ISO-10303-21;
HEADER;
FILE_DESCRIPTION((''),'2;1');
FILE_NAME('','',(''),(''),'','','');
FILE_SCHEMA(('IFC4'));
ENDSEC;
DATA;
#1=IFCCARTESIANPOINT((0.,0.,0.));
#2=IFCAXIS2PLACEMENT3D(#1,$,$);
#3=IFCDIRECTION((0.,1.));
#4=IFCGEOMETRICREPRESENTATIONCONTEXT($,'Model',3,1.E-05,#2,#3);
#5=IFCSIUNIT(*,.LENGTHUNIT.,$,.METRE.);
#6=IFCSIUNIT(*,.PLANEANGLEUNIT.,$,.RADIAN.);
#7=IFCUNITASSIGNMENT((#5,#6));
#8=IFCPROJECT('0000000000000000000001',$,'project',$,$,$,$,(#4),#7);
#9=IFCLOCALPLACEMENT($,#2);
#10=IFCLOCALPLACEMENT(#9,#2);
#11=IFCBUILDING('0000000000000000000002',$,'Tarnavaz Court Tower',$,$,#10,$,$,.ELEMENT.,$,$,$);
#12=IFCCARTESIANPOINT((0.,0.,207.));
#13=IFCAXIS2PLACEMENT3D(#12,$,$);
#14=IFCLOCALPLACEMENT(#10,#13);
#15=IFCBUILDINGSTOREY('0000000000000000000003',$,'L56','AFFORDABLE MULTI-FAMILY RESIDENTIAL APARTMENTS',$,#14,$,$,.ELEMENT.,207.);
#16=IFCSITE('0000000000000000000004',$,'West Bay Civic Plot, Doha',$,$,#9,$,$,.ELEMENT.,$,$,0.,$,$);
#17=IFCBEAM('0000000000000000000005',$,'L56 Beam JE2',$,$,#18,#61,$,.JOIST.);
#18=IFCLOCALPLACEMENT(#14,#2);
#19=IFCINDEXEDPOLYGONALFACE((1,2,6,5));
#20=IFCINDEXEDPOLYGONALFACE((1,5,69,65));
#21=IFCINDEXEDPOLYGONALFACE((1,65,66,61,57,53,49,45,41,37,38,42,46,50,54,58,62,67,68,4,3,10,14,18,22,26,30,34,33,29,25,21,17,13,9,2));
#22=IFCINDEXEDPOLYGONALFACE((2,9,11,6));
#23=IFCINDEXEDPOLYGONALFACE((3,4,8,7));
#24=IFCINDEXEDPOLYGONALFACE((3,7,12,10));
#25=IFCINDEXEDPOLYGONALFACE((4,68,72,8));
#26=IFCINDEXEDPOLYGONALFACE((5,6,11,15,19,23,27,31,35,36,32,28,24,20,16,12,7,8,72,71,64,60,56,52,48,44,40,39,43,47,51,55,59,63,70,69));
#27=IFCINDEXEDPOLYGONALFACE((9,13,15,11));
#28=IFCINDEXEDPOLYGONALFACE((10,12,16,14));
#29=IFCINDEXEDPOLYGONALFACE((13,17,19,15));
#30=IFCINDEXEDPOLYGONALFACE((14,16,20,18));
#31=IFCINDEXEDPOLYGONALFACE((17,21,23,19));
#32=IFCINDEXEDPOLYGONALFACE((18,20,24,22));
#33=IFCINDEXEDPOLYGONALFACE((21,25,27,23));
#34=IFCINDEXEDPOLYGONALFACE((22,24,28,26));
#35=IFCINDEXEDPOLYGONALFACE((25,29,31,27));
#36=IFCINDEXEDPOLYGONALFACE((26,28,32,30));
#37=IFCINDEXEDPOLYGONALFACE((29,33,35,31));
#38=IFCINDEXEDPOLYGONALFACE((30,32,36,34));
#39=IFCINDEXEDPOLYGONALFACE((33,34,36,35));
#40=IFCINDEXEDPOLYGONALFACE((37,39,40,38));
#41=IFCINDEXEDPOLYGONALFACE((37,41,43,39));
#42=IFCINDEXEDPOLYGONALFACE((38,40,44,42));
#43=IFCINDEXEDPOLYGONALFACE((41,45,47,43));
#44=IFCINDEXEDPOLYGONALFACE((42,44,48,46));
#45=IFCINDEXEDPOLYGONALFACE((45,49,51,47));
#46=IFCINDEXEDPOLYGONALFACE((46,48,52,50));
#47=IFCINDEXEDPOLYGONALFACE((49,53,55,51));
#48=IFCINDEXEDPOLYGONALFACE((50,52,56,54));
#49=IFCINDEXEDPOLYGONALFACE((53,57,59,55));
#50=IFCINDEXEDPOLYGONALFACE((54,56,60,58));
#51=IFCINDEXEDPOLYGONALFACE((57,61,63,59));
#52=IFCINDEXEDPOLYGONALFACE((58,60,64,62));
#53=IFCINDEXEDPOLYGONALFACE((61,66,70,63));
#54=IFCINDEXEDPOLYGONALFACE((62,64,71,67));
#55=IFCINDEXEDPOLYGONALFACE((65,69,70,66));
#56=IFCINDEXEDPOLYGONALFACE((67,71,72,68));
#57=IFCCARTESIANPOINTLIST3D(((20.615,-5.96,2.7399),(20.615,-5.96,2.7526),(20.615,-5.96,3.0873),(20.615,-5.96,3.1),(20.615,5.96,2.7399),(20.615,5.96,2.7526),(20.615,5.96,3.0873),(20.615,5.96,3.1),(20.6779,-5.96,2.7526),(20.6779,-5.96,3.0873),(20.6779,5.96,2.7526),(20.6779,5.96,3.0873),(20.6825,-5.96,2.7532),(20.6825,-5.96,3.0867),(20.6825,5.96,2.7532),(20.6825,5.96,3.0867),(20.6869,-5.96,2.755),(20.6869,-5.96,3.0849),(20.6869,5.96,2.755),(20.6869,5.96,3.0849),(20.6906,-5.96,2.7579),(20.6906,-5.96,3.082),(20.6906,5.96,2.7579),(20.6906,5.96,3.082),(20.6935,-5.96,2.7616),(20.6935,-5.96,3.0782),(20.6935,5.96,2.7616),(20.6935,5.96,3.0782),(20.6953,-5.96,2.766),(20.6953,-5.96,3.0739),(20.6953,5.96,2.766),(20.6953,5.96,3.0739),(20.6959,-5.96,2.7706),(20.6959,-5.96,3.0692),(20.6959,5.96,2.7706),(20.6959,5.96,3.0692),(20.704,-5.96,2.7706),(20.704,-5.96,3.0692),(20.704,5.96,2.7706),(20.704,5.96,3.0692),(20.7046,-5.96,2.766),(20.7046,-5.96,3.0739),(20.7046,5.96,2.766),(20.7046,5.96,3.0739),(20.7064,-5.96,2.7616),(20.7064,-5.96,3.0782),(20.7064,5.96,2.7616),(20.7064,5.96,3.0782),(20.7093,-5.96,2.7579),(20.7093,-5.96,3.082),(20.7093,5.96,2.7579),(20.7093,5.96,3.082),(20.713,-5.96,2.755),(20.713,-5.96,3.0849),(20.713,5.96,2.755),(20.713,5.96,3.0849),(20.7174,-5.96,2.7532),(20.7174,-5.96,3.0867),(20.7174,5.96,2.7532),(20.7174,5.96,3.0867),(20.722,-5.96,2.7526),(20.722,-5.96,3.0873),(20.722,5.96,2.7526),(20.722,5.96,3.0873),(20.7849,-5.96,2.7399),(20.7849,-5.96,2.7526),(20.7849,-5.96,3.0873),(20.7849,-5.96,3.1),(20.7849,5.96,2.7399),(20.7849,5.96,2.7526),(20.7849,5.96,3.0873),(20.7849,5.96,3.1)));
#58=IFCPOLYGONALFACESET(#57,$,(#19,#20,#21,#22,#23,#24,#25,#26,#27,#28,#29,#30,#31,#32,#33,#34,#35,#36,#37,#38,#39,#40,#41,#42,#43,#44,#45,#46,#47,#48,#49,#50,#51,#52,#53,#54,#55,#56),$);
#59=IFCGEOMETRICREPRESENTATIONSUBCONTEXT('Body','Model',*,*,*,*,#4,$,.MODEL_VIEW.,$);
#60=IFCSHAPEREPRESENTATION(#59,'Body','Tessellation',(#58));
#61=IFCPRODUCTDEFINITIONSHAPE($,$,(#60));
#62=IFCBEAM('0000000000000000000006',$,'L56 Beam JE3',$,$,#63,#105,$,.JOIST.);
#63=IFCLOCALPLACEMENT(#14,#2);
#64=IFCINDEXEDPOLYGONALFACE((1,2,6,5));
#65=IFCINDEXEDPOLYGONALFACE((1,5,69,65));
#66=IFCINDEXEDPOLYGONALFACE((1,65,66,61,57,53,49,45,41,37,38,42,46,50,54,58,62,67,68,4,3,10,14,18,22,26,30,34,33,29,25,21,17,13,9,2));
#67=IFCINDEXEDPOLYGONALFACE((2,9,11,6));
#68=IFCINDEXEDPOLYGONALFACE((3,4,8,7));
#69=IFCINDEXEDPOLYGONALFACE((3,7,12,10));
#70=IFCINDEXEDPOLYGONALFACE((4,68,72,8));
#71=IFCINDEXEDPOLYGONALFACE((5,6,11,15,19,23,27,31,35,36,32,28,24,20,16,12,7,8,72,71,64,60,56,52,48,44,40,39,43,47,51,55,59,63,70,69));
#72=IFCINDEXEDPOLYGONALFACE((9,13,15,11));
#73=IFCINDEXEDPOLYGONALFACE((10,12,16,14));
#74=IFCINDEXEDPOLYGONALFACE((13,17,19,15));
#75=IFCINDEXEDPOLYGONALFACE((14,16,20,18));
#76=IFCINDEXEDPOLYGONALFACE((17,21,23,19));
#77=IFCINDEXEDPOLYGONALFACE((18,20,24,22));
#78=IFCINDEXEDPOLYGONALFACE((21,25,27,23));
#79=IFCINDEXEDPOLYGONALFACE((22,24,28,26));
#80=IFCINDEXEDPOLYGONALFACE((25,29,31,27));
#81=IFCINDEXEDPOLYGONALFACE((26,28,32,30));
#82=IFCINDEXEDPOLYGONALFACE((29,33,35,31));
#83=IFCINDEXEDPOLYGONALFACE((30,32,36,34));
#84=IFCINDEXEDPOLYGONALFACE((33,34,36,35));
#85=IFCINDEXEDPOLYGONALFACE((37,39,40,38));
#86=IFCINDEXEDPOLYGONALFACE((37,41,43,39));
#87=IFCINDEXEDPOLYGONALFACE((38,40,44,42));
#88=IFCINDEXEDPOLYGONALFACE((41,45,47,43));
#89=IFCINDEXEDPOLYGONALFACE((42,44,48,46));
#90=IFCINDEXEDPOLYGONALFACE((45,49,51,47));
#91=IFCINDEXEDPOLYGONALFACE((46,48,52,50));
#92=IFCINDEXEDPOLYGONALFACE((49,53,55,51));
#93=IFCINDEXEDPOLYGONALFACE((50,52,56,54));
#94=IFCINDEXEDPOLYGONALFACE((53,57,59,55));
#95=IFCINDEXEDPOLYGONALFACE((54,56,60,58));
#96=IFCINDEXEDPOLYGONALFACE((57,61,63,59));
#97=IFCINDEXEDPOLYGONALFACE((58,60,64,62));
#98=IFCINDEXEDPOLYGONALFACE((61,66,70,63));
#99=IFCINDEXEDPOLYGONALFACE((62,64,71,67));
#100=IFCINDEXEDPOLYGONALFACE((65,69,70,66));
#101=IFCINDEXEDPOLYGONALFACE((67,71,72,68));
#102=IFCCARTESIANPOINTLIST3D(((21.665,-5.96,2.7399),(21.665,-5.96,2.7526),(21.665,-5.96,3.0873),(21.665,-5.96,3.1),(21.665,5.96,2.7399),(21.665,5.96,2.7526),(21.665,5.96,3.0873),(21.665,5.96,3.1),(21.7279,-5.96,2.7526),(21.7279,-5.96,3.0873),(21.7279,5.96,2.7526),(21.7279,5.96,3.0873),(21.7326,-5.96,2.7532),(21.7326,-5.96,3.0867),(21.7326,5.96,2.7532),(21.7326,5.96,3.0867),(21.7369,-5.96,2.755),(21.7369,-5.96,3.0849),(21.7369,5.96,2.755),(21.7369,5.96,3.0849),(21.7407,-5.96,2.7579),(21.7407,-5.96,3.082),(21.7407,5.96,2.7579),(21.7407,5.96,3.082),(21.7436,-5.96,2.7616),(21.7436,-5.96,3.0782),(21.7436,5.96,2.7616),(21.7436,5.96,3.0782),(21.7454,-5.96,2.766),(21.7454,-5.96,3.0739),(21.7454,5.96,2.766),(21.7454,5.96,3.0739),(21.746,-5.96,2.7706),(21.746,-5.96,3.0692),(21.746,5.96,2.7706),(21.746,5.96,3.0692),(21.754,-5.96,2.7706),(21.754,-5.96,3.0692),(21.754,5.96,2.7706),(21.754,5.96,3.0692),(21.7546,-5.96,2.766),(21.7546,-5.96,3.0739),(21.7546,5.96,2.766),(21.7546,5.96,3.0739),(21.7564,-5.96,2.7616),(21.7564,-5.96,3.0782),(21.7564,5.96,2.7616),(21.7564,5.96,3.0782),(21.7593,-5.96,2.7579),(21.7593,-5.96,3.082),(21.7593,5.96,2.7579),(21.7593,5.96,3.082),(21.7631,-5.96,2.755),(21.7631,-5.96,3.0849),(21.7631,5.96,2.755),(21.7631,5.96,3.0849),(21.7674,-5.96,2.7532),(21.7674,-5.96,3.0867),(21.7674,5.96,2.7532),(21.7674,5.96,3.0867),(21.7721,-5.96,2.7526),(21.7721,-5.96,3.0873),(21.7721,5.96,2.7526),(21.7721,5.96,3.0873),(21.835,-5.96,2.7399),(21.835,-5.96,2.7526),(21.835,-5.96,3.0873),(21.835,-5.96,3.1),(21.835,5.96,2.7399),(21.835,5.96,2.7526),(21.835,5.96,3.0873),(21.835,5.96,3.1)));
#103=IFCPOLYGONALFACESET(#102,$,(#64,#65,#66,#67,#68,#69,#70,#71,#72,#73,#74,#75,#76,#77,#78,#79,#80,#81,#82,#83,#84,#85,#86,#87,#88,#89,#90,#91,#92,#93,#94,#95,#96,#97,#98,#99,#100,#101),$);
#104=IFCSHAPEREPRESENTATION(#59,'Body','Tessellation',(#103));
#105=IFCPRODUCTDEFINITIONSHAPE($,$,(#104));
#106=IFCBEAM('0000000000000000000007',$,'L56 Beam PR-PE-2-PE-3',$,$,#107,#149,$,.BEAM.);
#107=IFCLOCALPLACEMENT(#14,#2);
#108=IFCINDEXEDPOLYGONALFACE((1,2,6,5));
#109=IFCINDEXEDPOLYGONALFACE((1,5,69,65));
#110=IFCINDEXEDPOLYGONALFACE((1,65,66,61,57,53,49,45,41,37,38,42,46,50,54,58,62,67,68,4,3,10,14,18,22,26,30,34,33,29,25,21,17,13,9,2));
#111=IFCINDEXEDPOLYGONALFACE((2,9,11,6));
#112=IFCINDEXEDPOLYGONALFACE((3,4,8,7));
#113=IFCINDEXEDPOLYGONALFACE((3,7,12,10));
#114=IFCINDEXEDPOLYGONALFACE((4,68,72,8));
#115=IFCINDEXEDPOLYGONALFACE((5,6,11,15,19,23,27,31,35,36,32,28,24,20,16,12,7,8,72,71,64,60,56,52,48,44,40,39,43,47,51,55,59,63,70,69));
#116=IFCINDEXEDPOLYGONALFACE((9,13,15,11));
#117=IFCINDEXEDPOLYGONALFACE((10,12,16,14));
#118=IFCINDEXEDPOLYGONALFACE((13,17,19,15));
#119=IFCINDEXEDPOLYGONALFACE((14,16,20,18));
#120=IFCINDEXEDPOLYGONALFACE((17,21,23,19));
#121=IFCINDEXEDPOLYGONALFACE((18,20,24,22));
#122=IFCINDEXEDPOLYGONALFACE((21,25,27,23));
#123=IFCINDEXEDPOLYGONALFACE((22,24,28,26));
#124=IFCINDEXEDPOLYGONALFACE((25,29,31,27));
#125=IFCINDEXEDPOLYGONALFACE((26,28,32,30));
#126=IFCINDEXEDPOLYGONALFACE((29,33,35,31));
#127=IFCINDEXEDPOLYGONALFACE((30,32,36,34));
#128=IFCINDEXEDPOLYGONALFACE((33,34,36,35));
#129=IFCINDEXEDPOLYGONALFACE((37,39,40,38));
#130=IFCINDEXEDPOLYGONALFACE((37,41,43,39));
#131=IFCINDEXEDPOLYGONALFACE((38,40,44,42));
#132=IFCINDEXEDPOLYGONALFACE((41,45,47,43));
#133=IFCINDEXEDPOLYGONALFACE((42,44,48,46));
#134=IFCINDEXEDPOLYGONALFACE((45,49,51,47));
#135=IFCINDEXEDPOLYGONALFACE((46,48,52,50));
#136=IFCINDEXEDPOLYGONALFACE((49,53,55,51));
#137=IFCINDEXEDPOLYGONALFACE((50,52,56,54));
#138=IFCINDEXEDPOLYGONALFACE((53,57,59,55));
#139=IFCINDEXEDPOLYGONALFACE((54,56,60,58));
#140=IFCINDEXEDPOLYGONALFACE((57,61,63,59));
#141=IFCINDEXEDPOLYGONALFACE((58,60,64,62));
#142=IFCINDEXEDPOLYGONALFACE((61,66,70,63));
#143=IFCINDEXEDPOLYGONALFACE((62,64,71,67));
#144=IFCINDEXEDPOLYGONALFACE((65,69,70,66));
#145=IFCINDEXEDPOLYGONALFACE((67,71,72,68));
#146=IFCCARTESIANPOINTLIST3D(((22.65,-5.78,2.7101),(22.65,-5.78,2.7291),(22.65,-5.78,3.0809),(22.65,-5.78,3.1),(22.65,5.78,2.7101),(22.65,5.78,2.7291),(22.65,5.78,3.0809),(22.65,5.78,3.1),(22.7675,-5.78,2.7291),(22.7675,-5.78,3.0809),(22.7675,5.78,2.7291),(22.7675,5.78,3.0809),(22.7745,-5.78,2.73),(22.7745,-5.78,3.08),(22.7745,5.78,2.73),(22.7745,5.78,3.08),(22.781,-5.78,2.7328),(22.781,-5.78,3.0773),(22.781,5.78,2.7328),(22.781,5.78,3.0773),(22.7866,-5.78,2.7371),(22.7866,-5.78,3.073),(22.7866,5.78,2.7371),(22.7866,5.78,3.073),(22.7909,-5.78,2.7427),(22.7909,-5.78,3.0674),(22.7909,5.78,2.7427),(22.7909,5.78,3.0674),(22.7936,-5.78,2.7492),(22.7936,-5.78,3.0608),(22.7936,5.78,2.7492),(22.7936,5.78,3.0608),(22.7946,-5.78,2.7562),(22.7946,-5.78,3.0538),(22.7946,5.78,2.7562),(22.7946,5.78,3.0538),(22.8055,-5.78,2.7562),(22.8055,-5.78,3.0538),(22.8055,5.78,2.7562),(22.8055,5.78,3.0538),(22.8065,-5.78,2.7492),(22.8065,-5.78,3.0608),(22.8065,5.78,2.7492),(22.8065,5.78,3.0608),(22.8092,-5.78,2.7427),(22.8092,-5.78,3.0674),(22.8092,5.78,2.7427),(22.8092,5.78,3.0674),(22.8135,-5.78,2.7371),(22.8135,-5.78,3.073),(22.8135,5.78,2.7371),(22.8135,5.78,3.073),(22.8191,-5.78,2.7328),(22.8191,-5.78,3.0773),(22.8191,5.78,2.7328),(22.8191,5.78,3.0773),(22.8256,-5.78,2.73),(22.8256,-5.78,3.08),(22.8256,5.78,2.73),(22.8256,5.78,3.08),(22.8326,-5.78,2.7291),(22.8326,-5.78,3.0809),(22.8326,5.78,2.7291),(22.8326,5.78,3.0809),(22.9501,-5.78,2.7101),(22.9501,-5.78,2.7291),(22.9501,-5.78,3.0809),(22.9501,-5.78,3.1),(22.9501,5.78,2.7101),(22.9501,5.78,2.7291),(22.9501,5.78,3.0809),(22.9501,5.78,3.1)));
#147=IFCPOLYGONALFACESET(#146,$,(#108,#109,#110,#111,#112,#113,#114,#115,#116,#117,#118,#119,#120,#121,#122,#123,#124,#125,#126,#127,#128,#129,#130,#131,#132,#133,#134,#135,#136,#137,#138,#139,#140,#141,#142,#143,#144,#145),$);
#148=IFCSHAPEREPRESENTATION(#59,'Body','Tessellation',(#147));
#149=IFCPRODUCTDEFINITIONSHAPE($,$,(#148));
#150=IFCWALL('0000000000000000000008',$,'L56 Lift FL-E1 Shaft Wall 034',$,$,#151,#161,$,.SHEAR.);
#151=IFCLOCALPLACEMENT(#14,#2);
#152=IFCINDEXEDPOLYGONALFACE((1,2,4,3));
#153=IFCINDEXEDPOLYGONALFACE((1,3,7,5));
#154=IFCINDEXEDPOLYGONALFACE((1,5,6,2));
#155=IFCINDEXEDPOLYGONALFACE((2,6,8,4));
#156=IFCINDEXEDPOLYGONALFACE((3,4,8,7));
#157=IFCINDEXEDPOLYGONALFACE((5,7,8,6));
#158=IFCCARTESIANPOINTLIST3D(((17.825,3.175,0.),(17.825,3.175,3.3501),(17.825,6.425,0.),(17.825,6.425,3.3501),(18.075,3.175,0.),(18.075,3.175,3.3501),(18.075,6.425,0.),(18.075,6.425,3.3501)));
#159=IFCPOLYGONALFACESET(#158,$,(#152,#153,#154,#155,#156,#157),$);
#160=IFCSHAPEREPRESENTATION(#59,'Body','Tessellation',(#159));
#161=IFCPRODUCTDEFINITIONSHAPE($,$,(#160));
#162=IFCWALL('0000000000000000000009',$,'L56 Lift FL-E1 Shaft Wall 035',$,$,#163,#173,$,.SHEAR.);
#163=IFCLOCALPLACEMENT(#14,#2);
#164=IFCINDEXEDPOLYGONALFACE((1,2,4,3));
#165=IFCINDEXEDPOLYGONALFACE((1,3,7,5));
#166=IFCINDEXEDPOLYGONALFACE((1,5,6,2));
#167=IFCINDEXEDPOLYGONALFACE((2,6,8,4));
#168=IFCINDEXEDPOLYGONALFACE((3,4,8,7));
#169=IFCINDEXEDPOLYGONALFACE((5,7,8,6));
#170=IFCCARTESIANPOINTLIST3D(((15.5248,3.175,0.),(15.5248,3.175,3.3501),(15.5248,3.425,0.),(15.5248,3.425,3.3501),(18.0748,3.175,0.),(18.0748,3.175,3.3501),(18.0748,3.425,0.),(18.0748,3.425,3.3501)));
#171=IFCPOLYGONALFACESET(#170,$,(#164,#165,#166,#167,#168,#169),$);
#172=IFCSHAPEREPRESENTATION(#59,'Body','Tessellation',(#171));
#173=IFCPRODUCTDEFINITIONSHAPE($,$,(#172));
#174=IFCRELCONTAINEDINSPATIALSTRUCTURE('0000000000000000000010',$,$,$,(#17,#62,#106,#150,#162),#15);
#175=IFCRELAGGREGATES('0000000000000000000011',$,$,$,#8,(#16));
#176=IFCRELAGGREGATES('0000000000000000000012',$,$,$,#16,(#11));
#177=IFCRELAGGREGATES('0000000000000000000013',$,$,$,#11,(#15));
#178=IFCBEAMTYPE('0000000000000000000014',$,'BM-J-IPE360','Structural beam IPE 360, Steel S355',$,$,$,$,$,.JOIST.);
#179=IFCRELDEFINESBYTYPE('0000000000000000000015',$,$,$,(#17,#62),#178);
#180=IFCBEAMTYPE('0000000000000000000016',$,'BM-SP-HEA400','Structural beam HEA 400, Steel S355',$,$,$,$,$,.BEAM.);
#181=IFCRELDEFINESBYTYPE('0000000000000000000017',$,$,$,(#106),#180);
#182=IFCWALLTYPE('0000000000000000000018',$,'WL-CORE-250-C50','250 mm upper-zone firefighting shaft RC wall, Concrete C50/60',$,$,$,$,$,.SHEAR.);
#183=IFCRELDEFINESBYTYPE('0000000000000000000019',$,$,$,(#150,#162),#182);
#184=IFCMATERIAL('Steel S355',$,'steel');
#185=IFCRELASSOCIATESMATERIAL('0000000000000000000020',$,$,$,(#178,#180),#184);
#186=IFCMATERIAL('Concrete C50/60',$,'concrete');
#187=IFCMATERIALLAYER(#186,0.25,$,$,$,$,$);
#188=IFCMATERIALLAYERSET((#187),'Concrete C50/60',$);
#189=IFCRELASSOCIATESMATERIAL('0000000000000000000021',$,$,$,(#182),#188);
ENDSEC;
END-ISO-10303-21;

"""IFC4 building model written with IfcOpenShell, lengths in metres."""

from ifc_helpers import new_model, si_unit, direction, frame, frame_2d, origin, origin_2d, place, context, subcontext, project, spatial, rectangle, i_section, extrude, material, layer, layer_set, material_profile, profile_set, type_object, element, save


model = new_model("IFC4")

# Units and contexts
model_context = context("Model", 3, precision=1e-05, world=origin(), true_north=direction((0.0, 1.0)))
body_context = subcontext(model_context, "Body", "Model", "MODEL_VIEW")
ifc_project = project(units=[si_unit("LENGTHUNIT", "METRE"), si_unit("PLANEANGLEUNIT", "RADIAN")], contexts=[model_context])

# Site, building, storey
site_placement = place(None, origin())
site = spatial("IfcSite", under=ifc_project, at=site_placement, Name="West Bay Civic Plot, Doha", CompositionType="ELEMENT", RefElevation=0.0)
building_placement = place(site_placement, origin())
building = spatial("IfcBuilding", under=site, at=building_placement, Name="Tarnavaz Court Tower", CompositionType="ELEMENT")
storey_placement = place(building_placement, frame((0.0, 0.0, 207.0)))
storey = spatial("IfcBuildingStorey", under=building, at=storey_placement, Name="L56", Description="AFFORDABLE MULTI-FAMILY RESIDENTIAL APARTMENTS", CompositionType="ELEMENT", Elevation=207.0)

# Shared definitions
ifc_material_1 = material(Name="Concrete C50/60", Category="concrete")

# Beams
ifc_material_2 = material(Name="Steel S355", Category="steel")
ifc_material_profile_1 = material_profile(ifc_material_2, i_section(OverallWidth=0.1699, OverallDepth=0.3601, WebThickness=0.0081, FlangeThickness=0.0127, FilletRadius=0.0181, at=origin_2d()), Name="IPE 360")
ifc_profile_set_1 = profile_set([ifc_material_profile_1], Name="Steel S355")
beam_type_1 = type_object("IfcBeamType", Name="BM-J-IPE360", Description="Structural beam IPE 360, Steel S355", PredefinedType="JOIST", material=ifc_profile_set_1)
for number, where, z_axis, x_axis, name in (
    (1, (20.7, -5.96, 2.9199), (0.0, 1.0, 0.0), (-1.0, 0.0, 0.0), "L56 Beam JE2"),
    (2, (21.75, -5.96, 2.9199), (0.0, 1.0, 0.0), (-1.0, 0.0, 0.0), "L56 Beam JE3"),
):
    element("IfcBeam", number, at=place(storey_placement, frame(where, z_axis=z_axis, x_axis=x_axis)), inside=storey, type_object=beam_type_1, Name=name, PredefinedType="JOIST", context=body_context, shape_type="SweptSolid", body=[
        extrude(i_section(OverallWidth=0.1699, OverallDepth=0.3601, WebThickness=0.0081, FlangeThickness=0.0127, FilletRadius=0.0181, at=origin_2d()), origin(), (0.0, 0.0, 1.0), 11.9199),
    ])
ifc_material_profile_2 = material_profile(ifc_material_2, i_section(OverallWidth=0.3, OverallDepth=0.3899, WebThickness=0.011, FlangeThickness=0.019, FilletRadius=0.0271, at=origin_2d()), Name="HEA 400")
ifc_profile_set_2 = profile_set([ifc_material_profile_2], Name="Steel S355")
beam_type_2 = type_object("IfcBeamType", Name="BM-SP-HEA400", Description="Structural beam HEA 400, Steel S355", PredefinedType="BEAM", material=ifc_profile_set_2)
beam_1_placement = place(storey_placement, frame((22.8, -5.78, 2.905), z_axis=(0.0, 1.0, 0.0), x_axis=(-1.0, 0.0, 0.0)))
element("IfcBeam", 3, at=beam_1_placement, inside=storey, type_object=beam_type_2, Name="L56 Beam PR-PE-2-PE-3", PredefinedType="BEAM", context=body_context, shape_type="SweptSolid", body=[
    extrude(i_section(OverallWidth=0.3, OverallDepth=0.3899, WebThickness=0.011, FlangeThickness=0.019, FilletRadius=0.0271, at=origin_2d()), origin(), (0.0, 0.0, 1.0), 11.5601),
])

# Shared definitions
ifc_layer_1 = layer(ifc_material_1, 0.25)
ifc_layer_set_1 = layer_set([ifc_layer_1], Name="Concrete C50/60")
wall_type_1 = type_object("IfcWallType", Name="WL-CORE-250-C50", Description="250 mm upper-zone firefighting shaft RC wall, Concrete C50/60", PredefinedType="SHEAR", material=ifc_layer_set_1)

# Walls
wall_1_placement = place(storey_placement, frame((17.95, 3.175, 0.0), z_axis=(0.0, 0.0, 1.0), x_axis=(0.0, 1.0, 0.0)))
element("IfcWall", 4, at=wall_1_placement, inside=storey, type_object=wall_type_1, Name="L56 Lift FL-E1 Shaft Wall 034", PredefinedType="SHEAR", context=body_context, shape_type="SweptSolid", body=[
    extrude(rectangle(XDim=3.25, YDim=0.25, at=frame_2d((1.625, 0.0))), origin(), (0.0, 0.0, 1.0), 3.3501),
])
wall_2_placement = place(storey_placement, frame((15.5249, 3.3, 0.0), z_axis=(0.0, 0.0, 1.0), x_axis=(1.0, 0.0, 0.0)))
element("IfcWall", 5, at=wall_2_placement, inside=storey, type_object=wall_type_1, Name="L56 Lift FL-E1 Shaft Wall 035", PredefinedType="SHEAR", context=body_context, shape_type="SweptSolid", body=[
    extrude(rectangle(XDim=2.55, YDim=0.25, at=frame_2d((1.2749, 0.0))), origin(), (0.0, 0.0, 1.0), 3.3501),
])

save(model, "model.ifc")
